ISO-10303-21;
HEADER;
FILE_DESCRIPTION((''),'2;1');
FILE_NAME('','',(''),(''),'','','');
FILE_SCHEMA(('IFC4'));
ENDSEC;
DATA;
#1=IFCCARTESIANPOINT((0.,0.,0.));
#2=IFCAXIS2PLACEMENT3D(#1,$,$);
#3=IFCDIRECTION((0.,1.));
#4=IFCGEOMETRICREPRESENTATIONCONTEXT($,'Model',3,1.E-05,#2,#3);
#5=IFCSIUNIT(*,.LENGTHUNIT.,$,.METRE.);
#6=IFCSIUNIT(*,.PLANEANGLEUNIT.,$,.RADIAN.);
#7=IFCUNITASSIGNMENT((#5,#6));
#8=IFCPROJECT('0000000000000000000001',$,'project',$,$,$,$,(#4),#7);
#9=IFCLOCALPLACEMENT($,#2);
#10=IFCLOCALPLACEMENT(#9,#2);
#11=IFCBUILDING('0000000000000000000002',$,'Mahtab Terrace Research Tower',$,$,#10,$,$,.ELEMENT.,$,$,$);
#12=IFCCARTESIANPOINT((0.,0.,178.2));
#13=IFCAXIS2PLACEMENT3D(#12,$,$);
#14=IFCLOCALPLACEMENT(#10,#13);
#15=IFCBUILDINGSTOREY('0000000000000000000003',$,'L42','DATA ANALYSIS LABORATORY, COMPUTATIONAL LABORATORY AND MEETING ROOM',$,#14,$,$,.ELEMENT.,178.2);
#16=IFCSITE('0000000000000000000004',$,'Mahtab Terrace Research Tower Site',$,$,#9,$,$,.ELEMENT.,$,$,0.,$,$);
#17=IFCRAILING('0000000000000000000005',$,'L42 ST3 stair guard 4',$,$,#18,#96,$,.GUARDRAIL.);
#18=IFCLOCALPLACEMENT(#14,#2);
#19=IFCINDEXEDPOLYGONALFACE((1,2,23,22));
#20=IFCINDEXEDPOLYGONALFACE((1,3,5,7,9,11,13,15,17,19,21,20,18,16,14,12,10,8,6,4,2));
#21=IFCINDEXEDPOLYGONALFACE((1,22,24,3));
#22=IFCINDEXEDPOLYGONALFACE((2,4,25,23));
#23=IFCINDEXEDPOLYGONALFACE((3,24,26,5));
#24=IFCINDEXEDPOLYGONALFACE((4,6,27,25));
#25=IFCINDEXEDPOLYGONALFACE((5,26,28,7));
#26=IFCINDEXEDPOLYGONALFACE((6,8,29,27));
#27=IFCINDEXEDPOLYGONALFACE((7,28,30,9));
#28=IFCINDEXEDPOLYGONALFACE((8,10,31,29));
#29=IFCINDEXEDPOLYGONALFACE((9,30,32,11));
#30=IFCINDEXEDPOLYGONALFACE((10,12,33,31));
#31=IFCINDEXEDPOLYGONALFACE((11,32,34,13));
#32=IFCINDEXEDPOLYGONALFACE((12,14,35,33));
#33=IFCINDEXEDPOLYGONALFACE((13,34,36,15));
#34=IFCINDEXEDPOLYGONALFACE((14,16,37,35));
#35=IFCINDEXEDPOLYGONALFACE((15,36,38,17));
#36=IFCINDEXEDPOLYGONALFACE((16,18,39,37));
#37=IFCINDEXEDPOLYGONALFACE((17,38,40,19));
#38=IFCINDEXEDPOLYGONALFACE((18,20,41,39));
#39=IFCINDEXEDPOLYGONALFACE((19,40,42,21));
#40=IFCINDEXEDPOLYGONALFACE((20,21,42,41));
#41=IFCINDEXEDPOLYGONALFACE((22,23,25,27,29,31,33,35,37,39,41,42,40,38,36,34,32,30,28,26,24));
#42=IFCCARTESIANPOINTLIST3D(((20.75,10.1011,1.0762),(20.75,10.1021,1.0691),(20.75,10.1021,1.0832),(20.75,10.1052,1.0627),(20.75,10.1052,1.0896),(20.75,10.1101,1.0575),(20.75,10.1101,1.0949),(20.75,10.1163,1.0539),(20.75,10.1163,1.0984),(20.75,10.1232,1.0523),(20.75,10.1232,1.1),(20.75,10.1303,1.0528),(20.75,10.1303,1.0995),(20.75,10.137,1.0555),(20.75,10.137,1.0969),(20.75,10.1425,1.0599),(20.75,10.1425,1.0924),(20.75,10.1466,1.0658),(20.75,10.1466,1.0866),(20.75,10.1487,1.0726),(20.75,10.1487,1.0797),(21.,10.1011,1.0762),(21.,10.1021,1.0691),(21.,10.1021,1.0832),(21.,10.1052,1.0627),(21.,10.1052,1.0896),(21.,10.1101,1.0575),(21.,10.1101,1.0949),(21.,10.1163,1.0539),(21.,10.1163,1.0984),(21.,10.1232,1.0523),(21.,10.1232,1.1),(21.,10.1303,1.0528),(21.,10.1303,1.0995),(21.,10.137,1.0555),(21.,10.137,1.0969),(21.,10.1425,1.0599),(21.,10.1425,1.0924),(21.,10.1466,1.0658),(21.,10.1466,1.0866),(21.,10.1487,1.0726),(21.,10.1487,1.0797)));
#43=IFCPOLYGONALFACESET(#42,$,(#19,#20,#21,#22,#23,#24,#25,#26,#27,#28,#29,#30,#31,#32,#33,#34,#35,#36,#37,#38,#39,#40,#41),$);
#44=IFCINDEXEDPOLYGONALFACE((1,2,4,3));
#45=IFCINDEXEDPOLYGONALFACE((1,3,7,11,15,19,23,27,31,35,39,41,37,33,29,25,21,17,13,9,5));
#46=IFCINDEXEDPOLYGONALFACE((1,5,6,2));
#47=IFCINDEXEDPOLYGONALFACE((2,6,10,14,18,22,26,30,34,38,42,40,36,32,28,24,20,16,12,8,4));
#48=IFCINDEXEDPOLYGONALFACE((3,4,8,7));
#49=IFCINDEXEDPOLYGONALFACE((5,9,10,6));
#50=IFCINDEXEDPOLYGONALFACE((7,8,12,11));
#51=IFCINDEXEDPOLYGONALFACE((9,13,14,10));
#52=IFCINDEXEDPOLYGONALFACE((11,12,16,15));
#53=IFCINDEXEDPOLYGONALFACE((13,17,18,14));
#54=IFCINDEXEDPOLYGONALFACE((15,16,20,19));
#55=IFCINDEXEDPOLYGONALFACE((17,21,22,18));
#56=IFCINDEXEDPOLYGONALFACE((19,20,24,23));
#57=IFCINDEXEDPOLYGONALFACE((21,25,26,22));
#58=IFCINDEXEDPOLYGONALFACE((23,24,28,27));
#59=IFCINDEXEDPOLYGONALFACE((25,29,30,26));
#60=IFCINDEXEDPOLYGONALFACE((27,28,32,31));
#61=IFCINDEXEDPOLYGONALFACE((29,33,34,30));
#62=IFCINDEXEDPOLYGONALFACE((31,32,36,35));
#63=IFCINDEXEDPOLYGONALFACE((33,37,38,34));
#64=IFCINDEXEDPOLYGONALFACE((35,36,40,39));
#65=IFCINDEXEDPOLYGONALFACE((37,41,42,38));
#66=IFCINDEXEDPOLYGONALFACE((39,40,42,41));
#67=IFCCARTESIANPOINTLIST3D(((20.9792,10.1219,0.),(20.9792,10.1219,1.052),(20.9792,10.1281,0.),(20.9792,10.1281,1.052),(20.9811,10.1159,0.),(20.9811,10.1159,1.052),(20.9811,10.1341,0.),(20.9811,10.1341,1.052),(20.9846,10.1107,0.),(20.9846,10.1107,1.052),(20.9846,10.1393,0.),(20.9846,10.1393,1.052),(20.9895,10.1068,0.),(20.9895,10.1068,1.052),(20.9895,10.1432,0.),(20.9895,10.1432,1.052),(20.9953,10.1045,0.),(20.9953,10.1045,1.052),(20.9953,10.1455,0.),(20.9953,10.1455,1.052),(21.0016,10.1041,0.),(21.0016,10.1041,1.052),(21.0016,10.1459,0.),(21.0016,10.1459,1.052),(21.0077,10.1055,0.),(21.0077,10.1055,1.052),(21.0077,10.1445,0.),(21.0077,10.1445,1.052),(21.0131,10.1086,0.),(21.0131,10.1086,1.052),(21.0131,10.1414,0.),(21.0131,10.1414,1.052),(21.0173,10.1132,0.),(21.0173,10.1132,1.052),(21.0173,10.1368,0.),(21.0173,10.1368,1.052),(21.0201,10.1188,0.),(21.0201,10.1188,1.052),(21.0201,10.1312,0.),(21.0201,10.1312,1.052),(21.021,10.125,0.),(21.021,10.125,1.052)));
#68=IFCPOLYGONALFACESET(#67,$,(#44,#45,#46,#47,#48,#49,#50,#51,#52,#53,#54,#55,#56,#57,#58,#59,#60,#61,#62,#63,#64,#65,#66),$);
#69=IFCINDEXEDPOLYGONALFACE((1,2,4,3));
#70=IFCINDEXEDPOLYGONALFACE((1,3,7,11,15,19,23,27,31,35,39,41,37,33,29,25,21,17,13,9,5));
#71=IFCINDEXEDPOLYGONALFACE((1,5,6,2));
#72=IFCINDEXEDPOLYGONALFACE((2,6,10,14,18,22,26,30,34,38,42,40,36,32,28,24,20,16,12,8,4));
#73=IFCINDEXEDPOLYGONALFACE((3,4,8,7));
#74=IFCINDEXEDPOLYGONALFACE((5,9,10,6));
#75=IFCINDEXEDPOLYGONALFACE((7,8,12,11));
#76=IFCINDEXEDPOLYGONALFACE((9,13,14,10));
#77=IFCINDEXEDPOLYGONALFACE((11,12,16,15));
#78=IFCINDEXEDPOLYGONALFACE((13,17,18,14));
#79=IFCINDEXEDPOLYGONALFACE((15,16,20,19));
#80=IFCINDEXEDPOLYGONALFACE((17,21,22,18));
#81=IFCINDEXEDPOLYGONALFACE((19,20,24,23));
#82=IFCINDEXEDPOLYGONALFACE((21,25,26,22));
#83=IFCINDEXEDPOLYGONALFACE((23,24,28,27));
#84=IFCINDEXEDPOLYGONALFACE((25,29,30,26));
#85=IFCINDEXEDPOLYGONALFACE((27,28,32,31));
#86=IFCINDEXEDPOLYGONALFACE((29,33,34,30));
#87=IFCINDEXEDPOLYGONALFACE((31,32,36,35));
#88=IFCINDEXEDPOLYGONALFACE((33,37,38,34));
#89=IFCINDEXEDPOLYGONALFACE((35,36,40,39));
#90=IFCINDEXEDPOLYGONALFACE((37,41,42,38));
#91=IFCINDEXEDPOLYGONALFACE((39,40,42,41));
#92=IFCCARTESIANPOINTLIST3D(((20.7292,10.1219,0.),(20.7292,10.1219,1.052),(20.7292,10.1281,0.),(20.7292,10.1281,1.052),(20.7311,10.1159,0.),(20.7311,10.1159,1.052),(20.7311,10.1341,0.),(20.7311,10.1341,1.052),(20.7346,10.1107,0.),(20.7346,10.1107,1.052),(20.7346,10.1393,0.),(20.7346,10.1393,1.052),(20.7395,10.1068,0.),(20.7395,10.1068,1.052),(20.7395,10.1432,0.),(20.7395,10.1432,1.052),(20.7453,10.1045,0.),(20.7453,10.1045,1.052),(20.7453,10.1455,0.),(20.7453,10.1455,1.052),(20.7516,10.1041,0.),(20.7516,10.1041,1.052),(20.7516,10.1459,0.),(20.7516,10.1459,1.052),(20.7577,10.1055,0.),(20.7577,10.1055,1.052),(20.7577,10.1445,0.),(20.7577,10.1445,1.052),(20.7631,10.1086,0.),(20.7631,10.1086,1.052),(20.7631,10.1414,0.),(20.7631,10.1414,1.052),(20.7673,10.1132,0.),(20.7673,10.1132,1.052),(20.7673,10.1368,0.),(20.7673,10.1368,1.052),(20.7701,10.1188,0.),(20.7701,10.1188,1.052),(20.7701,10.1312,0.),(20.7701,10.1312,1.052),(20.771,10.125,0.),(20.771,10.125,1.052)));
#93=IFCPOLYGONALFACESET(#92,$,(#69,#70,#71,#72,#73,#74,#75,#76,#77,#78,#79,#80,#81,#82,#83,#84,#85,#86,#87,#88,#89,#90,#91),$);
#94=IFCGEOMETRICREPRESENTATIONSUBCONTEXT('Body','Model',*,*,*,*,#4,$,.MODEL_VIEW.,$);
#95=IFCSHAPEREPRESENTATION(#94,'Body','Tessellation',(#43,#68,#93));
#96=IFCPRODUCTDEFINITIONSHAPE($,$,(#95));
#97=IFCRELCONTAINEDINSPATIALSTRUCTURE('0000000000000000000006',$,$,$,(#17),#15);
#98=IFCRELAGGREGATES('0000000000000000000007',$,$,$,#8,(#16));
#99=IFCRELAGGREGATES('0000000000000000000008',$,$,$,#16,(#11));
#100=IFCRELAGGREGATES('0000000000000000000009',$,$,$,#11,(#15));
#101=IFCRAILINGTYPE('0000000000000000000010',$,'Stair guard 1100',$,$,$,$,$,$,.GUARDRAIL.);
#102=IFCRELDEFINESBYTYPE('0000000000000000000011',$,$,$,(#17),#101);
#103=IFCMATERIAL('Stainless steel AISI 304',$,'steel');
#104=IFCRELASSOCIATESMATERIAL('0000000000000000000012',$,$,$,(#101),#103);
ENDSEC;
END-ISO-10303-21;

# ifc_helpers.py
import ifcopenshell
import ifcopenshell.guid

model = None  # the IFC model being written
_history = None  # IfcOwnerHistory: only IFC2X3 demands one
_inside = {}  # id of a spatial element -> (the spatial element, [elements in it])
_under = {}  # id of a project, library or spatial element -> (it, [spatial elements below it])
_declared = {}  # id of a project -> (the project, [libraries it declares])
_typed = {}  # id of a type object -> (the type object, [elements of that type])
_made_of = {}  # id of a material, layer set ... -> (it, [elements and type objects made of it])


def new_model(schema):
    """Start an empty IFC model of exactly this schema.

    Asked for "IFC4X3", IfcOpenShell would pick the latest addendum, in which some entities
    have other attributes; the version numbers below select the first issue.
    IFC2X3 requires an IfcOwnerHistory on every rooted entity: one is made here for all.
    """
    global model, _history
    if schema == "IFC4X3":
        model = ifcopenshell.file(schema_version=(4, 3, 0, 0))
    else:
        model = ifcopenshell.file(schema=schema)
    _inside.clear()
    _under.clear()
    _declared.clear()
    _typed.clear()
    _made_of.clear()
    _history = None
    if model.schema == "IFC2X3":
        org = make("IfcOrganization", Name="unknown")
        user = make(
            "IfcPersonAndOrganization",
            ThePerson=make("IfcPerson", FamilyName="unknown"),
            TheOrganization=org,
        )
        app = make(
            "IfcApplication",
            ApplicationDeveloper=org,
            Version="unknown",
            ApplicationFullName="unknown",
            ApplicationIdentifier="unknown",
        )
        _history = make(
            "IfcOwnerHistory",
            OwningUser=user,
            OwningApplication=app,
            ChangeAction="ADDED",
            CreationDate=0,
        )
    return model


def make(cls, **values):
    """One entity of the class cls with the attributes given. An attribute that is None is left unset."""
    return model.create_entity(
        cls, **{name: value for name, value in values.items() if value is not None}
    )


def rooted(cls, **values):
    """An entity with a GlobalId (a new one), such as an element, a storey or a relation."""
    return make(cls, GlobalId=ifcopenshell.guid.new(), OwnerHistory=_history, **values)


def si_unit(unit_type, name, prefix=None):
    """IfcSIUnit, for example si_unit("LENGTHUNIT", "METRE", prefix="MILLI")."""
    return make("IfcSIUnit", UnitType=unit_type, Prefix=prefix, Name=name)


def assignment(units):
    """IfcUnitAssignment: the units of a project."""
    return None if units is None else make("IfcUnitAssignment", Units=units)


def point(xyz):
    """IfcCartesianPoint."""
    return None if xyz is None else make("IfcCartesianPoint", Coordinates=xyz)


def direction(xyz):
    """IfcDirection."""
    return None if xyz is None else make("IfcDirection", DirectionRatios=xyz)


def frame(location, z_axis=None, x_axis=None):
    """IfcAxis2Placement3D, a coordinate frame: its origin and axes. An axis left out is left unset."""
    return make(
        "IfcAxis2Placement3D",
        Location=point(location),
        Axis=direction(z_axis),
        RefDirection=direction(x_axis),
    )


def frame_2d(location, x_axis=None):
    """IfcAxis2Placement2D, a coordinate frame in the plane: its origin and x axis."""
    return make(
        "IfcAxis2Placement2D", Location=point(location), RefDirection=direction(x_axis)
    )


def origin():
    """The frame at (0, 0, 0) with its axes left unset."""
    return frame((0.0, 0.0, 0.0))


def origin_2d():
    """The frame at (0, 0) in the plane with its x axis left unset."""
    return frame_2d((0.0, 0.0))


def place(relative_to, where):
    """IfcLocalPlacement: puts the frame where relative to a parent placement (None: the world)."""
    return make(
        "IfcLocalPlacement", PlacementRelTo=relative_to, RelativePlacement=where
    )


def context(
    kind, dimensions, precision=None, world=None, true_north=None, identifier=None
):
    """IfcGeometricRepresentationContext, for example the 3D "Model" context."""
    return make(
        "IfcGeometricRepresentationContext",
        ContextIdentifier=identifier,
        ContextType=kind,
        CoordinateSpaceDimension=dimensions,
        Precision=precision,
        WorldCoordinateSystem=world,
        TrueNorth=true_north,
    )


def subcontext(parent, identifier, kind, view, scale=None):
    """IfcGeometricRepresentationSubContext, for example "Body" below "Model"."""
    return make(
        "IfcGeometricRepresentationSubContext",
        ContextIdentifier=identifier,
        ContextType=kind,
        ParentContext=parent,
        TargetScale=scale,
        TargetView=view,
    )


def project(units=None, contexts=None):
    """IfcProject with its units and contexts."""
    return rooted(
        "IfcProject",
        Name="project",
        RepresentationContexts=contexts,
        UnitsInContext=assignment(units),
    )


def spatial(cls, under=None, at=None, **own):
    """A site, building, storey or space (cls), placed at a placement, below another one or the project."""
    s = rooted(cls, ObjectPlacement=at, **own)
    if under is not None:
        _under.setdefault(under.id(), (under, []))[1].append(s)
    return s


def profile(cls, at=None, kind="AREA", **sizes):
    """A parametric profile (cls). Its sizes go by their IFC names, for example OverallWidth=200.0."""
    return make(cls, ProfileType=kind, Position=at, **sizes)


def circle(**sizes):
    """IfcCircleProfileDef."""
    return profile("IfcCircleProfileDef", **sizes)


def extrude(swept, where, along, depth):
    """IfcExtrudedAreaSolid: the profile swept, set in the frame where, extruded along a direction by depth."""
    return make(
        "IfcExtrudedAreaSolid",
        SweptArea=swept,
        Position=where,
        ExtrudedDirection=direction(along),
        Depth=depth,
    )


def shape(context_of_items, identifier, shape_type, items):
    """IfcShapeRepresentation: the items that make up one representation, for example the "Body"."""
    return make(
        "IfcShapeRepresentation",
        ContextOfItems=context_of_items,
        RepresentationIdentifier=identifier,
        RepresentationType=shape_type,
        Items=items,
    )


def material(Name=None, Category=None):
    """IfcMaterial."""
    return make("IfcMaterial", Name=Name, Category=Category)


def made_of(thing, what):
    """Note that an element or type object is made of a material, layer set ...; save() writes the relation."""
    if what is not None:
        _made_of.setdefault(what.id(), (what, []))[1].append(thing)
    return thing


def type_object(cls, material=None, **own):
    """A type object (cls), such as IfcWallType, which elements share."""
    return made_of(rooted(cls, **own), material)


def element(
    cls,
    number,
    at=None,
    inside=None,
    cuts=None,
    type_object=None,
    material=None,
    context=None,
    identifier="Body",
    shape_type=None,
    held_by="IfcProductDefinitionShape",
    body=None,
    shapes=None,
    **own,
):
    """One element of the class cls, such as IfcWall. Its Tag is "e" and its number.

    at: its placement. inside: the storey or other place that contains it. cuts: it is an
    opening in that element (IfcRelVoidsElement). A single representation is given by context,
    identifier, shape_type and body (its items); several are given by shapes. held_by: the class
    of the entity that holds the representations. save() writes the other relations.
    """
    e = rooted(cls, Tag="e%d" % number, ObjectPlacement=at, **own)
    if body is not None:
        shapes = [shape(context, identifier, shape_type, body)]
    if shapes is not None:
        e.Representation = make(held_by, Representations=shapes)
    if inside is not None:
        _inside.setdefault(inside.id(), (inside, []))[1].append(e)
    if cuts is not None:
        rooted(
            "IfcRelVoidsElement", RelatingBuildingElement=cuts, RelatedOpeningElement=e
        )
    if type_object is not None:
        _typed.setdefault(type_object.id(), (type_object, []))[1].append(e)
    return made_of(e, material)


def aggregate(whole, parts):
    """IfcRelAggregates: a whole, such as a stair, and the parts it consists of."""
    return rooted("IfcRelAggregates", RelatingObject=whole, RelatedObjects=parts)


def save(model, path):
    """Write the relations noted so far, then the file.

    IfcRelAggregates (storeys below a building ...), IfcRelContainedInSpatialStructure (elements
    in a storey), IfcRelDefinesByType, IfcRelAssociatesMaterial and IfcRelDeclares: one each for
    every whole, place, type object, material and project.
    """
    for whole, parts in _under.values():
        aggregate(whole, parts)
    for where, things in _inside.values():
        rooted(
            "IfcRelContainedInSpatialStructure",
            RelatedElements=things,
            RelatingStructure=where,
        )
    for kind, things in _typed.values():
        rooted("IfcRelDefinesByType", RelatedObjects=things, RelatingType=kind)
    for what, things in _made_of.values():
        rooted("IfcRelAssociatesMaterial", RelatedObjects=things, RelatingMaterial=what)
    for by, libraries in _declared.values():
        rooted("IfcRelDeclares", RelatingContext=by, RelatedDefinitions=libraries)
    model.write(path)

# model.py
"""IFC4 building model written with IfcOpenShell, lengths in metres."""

from ifc_helpers import new_model, si_unit, direction, frame, origin, origin_2d, place, context, subcontext, project, spatial, circle, extrude, material, type_object, element, save


model = new_model("IFC4")

# Units and contexts
model_context = context("Model", 3, precision=1e-05, world=origin(), true_north=direction((0.0, 1.0)))
body_context = subcontext(model_context, "Body", "Model", "MODEL_VIEW")
ifc_project = project(units=[si_unit("LENGTHUNIT", "METRE"), si_unit("PLANEANGLEUNIT", "RADIAN")], contexts=[model_context])

# Site, building, storey
site_placement = place(None, origin())
site = spatial("IfcSite", under=ifc_project, at=site_placement, Name="Mahtab Terrace Research Tower Site", CompositionType="ELEMENT", RefElevation=0.0)
building_placement = place(site_placement, origin())
building = spatial("IfcBuilding", under=site, at=building_placement, Name="Mahtab Terrace Research Tower", CompositionType="ELEMENT")
storey_placement = place(building_placement, frame((0.0, 0.0, 178.2)))
storey = spatial("IfcBuildingStorey", under=building, at=storey_placement, Name="L42", Description="DATA ANALYSIS LABORATORY, COMPUTATIONAL LABORATORY AND MEETING ROOM", CompositionType="ELEMENT", Elevation=178.2)

# Shared definitions
ifc_material_1 = material(Name="Stainless steel AISI 304", Category="steel")

# Railing
railing_type_1 = type_object("IfcRailingType", Name="Stair guard 1100", PredefinedType="GUARDRAIL", material=ifc_material_1)
railing_1_placement = place(storey_placement, frame((21.0, 10.125, 0.0)))
element("IfcRailing", 1, at=railing_1_placement, inside=storey, type_object=railing_type_1, Name="L42 ST3 stair guard 4", PredefinedType="GUARDRAIL", context=body_context, shape_type="SweptSolid", body=[
    extrude(circle(Radius=0.0239, at=origin_2d()), frame((0.0, 0.0, 1.0762), z_axis=(-1.0, 0.0, 0.0), x_axis=(0.0, -1.0, 0.0)), (0.0, 0.0, 1.0), 0.25),
    extrude(circle(Radius=0.021, at=origin_2d()), origin(), (0.0, 0.0, 1.0), 1.052),
    extrude(circle(Radius=0.021, at=origin_2d()), frame((-0.25, 0.0, 0.0)), (0.0, 0.0, 1.0), 1.052),
])

save(model, "model.ifc")
